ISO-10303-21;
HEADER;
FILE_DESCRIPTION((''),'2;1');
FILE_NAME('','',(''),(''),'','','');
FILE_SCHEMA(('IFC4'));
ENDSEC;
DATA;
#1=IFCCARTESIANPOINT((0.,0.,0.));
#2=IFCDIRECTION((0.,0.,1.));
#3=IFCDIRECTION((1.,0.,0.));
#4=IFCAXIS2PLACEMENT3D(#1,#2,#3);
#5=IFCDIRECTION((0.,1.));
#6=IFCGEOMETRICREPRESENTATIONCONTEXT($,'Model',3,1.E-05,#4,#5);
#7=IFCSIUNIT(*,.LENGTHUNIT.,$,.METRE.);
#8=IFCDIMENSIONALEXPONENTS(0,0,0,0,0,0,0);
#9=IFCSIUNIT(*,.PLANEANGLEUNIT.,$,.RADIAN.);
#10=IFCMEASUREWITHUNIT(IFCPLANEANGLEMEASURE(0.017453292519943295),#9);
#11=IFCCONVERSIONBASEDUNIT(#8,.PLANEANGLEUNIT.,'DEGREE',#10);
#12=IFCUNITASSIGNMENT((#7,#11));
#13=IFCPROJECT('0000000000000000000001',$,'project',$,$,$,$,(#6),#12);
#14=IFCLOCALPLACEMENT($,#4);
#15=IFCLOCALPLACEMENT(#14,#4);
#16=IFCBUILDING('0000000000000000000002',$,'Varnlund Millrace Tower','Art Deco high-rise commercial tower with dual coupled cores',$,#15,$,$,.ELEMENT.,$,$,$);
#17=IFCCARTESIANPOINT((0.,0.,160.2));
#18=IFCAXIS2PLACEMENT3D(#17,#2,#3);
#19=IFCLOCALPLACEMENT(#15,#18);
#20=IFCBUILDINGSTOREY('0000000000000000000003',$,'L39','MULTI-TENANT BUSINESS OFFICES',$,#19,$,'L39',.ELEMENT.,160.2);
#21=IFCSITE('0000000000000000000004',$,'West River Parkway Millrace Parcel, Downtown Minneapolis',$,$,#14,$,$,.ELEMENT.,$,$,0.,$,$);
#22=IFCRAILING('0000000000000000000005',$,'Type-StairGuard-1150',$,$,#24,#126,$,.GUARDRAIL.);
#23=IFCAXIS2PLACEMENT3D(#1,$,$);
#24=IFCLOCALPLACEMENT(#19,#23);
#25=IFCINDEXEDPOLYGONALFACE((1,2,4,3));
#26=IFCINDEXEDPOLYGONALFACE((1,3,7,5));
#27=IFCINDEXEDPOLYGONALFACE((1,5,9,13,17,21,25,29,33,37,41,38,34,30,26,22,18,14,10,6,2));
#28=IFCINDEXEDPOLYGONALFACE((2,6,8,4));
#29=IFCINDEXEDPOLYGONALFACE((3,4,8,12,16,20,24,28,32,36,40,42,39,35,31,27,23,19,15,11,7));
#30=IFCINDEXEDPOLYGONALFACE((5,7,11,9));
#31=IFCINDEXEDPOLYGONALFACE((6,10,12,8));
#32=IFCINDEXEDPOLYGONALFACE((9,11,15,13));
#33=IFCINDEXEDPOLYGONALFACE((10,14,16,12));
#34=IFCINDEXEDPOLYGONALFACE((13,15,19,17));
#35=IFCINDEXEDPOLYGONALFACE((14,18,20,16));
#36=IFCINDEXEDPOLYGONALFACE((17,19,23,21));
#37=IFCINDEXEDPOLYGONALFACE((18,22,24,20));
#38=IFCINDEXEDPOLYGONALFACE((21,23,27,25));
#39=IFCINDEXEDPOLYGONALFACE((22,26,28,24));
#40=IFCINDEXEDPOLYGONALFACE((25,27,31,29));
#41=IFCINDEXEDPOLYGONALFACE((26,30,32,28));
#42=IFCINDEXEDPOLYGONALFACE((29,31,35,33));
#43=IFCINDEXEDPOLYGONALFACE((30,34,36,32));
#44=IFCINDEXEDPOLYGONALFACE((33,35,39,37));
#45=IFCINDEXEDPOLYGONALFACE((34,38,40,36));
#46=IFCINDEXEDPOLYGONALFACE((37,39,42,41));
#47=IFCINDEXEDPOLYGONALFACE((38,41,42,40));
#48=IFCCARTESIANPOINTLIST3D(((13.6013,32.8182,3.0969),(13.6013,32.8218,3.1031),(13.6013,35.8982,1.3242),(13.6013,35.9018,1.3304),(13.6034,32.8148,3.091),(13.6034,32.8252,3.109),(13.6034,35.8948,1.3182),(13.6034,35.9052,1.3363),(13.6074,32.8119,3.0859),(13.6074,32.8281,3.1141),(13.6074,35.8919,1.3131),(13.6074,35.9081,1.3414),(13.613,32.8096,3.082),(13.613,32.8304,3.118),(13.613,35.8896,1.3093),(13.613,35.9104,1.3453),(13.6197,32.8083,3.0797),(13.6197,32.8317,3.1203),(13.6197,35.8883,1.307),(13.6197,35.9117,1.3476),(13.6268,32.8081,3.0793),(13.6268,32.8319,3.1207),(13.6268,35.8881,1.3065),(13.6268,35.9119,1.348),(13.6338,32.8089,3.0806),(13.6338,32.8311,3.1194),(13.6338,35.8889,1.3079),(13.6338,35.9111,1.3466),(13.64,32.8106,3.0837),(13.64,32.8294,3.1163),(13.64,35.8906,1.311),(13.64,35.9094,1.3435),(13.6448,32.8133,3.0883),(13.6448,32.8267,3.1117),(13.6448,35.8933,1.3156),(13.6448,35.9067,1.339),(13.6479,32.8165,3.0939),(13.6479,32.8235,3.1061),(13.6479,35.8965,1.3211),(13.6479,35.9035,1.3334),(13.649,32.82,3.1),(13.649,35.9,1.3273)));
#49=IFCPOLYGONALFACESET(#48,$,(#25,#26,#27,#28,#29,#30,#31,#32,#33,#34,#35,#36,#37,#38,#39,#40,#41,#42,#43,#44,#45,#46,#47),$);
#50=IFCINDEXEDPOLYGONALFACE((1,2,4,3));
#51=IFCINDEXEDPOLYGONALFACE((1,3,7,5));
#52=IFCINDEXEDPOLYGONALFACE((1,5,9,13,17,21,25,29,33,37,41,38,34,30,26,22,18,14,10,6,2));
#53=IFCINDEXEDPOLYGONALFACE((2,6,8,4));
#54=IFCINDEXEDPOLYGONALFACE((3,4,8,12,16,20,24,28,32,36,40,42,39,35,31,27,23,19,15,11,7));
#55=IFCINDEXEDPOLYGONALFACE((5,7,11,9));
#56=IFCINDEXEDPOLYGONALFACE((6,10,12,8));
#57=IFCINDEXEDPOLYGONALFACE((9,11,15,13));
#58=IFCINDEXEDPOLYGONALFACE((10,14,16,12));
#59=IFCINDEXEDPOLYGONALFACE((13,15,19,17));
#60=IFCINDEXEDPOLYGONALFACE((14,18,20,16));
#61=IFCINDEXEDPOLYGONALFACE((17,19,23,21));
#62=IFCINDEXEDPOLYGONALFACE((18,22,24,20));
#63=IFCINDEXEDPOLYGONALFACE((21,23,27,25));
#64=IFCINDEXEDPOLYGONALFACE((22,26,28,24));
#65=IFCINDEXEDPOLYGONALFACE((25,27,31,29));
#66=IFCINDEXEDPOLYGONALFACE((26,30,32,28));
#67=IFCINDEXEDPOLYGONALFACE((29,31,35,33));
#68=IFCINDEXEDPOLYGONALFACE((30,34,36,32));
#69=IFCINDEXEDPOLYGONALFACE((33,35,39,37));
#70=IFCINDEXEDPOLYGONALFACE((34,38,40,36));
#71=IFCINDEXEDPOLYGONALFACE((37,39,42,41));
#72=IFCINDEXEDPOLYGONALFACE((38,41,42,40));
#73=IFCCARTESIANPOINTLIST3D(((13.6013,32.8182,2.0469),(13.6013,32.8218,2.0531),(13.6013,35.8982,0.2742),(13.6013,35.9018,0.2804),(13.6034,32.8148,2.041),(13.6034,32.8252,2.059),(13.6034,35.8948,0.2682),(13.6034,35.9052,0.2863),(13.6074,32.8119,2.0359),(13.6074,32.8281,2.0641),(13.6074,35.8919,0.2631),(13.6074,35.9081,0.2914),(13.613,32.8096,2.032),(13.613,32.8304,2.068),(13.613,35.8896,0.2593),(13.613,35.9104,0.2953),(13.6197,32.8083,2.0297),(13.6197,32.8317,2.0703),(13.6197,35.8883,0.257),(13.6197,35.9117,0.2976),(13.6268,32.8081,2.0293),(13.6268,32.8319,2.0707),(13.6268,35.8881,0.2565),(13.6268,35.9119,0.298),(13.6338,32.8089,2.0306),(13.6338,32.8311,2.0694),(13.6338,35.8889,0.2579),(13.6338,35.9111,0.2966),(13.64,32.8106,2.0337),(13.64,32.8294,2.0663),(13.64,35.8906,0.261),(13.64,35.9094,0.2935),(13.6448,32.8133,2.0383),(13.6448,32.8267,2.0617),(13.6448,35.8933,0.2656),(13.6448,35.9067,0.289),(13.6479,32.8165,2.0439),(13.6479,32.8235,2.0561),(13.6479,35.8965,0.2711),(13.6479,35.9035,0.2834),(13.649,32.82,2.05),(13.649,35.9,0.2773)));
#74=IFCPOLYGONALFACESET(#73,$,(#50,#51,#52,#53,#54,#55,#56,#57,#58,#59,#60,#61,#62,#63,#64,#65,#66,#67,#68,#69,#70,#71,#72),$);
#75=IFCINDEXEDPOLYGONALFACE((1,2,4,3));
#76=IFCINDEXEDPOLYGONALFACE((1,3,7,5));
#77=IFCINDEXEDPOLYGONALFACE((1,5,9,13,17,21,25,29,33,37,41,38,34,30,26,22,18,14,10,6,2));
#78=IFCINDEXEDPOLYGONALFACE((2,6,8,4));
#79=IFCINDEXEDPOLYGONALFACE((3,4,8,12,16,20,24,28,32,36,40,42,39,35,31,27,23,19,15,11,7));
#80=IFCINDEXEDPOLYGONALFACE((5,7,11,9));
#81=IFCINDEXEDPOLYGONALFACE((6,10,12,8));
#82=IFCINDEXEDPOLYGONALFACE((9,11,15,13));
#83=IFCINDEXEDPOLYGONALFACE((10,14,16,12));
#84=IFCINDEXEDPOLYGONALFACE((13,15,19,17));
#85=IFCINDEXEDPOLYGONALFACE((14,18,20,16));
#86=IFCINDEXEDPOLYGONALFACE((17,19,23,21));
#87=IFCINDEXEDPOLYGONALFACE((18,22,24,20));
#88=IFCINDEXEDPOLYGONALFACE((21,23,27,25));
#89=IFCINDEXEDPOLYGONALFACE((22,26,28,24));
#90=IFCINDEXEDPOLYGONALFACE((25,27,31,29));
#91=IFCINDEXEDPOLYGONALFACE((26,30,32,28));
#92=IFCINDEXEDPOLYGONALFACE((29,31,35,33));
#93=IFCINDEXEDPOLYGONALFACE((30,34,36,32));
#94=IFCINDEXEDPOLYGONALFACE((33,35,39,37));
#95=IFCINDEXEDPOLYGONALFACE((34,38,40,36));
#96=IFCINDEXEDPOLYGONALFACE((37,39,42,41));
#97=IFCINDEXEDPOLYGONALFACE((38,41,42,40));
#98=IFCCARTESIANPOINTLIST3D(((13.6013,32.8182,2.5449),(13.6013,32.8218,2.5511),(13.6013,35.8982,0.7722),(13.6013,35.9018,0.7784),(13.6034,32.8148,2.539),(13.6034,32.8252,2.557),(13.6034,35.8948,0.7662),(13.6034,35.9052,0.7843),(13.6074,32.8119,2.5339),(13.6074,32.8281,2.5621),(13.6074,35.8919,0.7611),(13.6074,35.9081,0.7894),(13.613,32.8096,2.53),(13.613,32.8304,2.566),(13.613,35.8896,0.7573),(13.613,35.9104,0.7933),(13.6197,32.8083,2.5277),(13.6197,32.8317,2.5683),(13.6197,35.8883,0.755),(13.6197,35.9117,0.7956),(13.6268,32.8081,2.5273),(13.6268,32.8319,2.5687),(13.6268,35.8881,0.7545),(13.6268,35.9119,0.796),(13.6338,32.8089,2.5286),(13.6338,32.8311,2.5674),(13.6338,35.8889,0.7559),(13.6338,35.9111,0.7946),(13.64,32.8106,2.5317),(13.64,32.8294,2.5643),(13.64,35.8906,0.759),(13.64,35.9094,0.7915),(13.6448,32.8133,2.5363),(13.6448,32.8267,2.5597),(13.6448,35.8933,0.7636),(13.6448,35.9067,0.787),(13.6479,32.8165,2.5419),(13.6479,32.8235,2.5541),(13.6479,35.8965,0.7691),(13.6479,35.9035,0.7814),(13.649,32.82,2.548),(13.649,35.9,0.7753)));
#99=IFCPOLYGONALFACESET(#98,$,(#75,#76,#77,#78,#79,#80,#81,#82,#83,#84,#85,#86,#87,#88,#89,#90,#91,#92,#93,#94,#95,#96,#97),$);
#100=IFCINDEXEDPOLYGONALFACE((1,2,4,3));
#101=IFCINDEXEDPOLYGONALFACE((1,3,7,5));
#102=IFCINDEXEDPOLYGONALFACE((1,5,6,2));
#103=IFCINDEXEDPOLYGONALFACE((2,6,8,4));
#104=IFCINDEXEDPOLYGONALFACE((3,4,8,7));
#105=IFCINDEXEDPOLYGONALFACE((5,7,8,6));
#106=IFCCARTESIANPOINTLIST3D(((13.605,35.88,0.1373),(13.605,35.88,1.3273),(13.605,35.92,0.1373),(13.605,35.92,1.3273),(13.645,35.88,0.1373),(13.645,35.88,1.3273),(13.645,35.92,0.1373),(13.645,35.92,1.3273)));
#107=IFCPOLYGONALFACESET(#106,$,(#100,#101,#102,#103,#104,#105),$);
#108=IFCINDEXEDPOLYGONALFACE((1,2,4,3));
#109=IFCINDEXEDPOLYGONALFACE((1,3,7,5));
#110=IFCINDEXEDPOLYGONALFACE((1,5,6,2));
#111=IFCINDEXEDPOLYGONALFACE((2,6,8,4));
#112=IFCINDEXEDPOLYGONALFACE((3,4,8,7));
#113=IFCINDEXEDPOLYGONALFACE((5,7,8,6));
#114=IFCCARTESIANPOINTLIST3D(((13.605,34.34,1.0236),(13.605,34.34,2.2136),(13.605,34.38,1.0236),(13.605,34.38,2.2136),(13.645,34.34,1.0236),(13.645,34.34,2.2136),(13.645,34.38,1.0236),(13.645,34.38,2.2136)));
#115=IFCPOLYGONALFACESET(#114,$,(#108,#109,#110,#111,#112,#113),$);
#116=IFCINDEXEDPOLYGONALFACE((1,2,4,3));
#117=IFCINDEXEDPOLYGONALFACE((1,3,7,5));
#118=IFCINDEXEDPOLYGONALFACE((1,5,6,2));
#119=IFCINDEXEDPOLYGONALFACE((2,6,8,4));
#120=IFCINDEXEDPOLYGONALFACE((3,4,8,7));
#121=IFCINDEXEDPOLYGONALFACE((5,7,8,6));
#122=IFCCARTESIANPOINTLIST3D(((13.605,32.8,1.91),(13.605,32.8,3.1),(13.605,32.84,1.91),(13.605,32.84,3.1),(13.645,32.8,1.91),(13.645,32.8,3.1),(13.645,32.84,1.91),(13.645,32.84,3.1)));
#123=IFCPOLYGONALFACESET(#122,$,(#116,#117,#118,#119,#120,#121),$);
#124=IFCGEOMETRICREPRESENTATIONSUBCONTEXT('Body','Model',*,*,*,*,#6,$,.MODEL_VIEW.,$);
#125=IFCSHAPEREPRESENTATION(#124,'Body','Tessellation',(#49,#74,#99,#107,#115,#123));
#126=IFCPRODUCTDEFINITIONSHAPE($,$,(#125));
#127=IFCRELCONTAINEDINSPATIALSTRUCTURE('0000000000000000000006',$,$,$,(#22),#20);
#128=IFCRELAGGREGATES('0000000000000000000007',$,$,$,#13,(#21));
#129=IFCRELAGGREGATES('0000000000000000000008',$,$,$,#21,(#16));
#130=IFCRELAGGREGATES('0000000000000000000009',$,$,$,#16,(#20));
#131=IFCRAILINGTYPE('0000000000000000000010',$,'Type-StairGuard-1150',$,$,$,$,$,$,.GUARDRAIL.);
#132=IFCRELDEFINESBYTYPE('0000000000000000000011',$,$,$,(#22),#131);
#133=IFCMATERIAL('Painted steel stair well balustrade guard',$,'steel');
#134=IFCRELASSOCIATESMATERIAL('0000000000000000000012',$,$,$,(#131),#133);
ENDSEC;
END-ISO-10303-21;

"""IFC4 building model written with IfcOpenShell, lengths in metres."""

from ifc_helpers import new_model, entity, si_unit, converted_unit, direction, frame, origin_with_axes, origin_2d_with_axis, place, context, subcontext, project, spatial, rectangle, circle, extrude, material, type_object, element, save


model = new_model("IFC4")

# Units and contexts
model_context = context("Model", 3, precision=1e-05, world=origin_with_axes(), true_north=direction((0.0, 1.0)))
body_context = subcontext(model_context, "Body", "Model", "MODEL_VIEW")
ifc_project = project(units=[si_unit("LENGTHUNIT", "METRE"), converted_unit("PLANEANGLEUNIT", "DEGREE", entity("IfcPlaneAngleMeasure", 0.017453292519943295), si_unit("PLANEANGLEUNIT", "RADIAN"), dimensions=[0, 0, 0, 0, 0, 0, 0])], contexts=[model_context])

# Site, building, storey
site_placement = place(None, origin_with_axes())
site = spatial("IfcSite", under=ifc_project, at=site_placement, Name="West River Parkway Millrace Parcel, Downtown Minneapolis", CompositionType="ELEMENT", RefElevation=0.0)
building_placement = place(site_placement, origin_with_axes())
building = spatial("IfcBuilding", under=site, at=building_placement, Name="Varnlund Millrace Tower", Description="Art Deco high-rise commercial tower with dual coupled cores", CompositionType="ELEMENT")
storey_placement = place(building_placement, frame((0.0, 0.0, 160.2), z_axis=(0.0, 0.0, 1.0), x_axis=(1.0, 0.0, 0.0)))
storey = spatial("IfcBuildingStorey", under=building, at=storey_placement, Name="L39", Description="MULTI-TENANT BUSINESS OFFICES", LongName="L39", CompositionType="ELEMENT", Elevation=160.2)

# Railing
ifc_material_1 = material(Name="Painted steel stair well balustrade guard", Category="steel")
railing_type_1 = type_object("IfcRailingType", Name="Type-StairGuard-1150", PredefinedType="GUARDRAIL", material=ifc_material_1)
railing_1_placement = place(storey_placement, frame((0.0, 0.0, -160.2), z_axis=(0.0, 0.0, 1.0), x_axis=(1.0, 0.0, 0.0)))
element("IfcRailing", 1, at=railing_1_placement, inside=storey, type_object=railing_type_1, Name="Type-StairGuard-1150", PredefinedType="GUARDRAIL", context=body_context, shape_type="SweptSolid", body=[
    extrude(circle(Radius=0.024, at=origin_2d_with_axis()), frame((13.625, 35.9, 161.5273), z_axis=(0.0, -0.866696, 0.498836), x_axis=(1.0, 0.0, 0.0)), (0.0, 0.0, 1.0), 3.5537),
    extrude(circle(Radius=0.024, at=origin_2d_with_axis()), frame((13.625, 35.9, 160.4773), z_axis=(0.0, -0.866696, 0.498836), x_axis=(1.0, 0.0, 0.0)), (0.0, 0.0, 1.0), 3.5537),
    extrude(circle(Radius=0.024, at=origin_2d_with_axis()), frame((13.625, 35.9, 160.9753), z_axis=(0.0, -0.866696, 0.498836), x_axis=(1.0, 0.0, 0.0)), (0.0, 0.0, 1.0), 3.5537),
    extrude(rectangle(XDim=0.04, YDim=0.04, at=origin_2d_with_axis()), frame((13.625, 35.9, 160.3373), z_axis=(0.0, 0.0, 1.0), x_axis=(1.0, 0.0, 0.0)), (0.0, 0.0, 1.0), 1.19),
    extrude(rectangle(XDim=0.04, YDim=0.04, at=origin_2d_with_axis()), frame((13.625, 34.36, 161.2236), z_axis=(0.0, 0.0, 1.0), x_axis=(1.0, 0.0, 0.0)), (0.0, 0.0, 1.0), 1.19),
    extrude(rectangle(XDim=0.04, YDim=0.04, at=origin_2d_with_axis()), frame((13.625, 32.82, 162.11), z_axis=(0.0, 0.0, 1.0), x_axis=(1.0, 0.0, 0.0)), (0.0, 0.0, 1.0), 1.19),
])

save(model, "model.ifc")
